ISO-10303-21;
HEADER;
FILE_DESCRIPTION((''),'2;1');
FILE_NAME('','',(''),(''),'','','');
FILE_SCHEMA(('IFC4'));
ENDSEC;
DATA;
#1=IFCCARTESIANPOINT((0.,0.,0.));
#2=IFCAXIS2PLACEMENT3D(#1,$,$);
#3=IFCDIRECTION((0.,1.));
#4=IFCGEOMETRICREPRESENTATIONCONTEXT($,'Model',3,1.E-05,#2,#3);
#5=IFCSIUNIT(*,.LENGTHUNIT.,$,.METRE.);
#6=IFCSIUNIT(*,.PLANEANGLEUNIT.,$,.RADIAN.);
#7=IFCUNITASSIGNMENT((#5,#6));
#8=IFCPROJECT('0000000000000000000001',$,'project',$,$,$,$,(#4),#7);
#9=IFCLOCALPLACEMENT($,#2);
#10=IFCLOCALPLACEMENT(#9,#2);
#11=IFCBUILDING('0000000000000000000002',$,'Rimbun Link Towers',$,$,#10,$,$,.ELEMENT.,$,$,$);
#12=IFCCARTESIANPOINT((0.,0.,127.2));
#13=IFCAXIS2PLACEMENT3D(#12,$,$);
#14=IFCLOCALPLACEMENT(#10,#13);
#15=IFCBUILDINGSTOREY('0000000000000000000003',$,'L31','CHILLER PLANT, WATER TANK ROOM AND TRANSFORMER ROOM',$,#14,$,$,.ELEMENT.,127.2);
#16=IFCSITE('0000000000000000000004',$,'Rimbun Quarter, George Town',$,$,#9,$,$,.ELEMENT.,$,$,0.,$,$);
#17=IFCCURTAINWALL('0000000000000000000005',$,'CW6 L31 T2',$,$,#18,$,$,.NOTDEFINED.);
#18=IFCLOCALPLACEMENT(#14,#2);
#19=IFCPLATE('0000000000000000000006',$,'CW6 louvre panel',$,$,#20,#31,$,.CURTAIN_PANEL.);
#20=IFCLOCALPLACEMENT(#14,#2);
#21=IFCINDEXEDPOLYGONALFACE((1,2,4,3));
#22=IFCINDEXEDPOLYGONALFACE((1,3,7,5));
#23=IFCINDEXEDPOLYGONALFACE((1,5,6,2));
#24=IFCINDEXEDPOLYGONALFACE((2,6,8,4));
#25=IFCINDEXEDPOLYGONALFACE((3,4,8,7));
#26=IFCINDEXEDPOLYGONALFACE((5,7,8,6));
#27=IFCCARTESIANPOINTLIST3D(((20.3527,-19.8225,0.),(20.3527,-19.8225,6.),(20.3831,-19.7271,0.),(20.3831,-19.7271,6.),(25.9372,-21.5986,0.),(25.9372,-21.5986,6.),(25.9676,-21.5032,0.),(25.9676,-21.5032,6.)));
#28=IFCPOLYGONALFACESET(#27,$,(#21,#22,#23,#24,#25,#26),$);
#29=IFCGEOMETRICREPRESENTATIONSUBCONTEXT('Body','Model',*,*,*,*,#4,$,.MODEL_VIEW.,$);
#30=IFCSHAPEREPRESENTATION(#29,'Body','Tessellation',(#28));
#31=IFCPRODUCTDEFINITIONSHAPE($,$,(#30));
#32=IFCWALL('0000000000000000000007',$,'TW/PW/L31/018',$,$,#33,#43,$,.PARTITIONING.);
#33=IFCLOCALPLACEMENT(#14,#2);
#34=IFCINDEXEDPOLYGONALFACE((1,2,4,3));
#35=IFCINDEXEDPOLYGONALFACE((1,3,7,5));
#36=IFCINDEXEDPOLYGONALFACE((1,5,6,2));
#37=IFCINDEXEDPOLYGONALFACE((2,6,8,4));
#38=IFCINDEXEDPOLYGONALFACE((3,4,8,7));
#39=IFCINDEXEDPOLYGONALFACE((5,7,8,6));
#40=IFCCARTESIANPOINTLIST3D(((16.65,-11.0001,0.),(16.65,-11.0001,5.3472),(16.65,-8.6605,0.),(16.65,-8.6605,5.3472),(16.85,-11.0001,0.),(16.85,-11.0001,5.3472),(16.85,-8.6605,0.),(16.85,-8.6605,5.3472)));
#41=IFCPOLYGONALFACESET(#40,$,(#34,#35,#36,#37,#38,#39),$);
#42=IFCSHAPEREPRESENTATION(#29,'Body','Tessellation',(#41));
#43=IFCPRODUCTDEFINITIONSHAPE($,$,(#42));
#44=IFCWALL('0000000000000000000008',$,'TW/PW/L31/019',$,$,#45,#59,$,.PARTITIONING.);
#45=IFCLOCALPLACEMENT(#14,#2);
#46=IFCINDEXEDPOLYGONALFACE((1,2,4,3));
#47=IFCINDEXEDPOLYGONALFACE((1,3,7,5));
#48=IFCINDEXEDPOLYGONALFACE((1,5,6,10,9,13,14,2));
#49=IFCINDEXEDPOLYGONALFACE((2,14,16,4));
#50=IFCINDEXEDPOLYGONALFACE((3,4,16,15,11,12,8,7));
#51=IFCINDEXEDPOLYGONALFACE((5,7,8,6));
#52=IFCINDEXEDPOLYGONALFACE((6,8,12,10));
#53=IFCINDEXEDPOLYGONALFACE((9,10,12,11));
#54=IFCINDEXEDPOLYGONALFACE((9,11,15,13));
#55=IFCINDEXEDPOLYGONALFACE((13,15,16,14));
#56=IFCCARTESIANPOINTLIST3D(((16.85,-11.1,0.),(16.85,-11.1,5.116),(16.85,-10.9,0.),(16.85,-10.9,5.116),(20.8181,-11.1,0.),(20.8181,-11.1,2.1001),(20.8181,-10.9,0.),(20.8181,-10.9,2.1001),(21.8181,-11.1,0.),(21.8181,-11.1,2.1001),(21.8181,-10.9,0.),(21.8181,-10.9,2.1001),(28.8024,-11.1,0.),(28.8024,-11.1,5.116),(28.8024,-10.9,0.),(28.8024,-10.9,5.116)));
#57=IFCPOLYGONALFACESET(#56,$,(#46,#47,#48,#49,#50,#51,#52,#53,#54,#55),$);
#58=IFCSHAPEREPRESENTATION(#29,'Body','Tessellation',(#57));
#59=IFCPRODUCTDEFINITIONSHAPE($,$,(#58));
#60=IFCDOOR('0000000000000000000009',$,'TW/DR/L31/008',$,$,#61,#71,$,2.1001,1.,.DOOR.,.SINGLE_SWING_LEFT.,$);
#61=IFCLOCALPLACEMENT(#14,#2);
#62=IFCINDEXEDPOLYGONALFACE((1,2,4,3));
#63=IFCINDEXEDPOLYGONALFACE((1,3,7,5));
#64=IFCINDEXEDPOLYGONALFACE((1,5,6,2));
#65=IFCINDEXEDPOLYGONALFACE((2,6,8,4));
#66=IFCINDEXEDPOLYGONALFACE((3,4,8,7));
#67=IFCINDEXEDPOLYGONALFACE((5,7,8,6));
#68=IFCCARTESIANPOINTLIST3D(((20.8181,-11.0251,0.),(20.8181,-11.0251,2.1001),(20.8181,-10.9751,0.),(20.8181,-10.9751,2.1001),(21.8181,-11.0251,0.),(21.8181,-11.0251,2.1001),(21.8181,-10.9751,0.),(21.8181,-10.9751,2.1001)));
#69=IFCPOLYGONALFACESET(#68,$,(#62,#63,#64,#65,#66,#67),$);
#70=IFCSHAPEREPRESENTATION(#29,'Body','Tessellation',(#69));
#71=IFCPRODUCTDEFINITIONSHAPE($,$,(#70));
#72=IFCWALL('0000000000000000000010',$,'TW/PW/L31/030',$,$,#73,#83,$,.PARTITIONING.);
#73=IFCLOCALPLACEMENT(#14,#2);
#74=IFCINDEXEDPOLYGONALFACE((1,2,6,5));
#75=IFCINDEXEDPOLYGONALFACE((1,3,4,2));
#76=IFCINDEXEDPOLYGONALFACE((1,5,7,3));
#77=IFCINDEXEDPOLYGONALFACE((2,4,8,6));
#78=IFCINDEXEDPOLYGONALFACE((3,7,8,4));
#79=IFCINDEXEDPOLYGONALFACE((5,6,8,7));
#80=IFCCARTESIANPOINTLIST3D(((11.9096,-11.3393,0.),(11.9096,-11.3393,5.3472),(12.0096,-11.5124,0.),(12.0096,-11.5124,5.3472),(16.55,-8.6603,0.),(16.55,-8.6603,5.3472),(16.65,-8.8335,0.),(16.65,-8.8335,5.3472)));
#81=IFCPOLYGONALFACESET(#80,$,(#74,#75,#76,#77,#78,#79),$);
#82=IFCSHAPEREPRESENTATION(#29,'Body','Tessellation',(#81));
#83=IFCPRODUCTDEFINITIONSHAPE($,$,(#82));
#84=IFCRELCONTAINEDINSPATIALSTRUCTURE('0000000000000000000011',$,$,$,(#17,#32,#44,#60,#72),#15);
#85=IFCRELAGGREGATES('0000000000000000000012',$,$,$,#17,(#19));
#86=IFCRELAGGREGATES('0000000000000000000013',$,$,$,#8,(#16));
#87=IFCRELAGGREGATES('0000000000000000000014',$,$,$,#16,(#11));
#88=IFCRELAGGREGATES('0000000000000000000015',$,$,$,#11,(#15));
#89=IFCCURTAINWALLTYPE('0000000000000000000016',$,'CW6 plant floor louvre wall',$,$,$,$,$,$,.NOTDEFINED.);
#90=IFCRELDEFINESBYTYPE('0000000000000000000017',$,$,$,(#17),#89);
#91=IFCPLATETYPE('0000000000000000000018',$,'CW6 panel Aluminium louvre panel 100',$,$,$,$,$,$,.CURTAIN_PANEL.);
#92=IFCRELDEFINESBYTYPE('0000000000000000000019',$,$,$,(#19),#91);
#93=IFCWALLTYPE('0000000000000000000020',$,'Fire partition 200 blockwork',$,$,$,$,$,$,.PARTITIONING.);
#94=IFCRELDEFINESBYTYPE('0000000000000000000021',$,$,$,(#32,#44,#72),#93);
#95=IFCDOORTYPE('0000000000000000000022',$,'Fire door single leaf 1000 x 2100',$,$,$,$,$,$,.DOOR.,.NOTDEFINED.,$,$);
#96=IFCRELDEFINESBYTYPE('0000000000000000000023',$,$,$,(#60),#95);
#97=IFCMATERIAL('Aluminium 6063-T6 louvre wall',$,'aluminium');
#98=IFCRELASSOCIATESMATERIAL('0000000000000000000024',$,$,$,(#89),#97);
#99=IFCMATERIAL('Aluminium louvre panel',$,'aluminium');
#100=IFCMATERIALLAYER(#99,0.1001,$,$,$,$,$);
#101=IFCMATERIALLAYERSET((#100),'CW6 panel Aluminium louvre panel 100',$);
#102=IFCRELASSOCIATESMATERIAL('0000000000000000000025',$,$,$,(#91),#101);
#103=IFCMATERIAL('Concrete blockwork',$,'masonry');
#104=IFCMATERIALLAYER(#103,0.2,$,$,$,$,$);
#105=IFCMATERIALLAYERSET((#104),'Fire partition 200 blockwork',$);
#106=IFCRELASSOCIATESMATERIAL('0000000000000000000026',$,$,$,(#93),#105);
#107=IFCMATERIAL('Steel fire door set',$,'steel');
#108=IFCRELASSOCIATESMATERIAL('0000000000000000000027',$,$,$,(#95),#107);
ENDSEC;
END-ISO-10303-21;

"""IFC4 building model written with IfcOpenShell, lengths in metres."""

from ifc_helpers import new_model, si_unit, direction, frame, frame_2d, origin, origin_2d, place, context, subcontext, project, spatial, rectangle, extrude, material, layer, layer_set, type_object, element, fill, aggregate, save


model = new_model("IFC4")

# Units and contexts
model_context = context("Model", 3, precision=1e-05, world=origin(), true_north=direction((0.0, 1.0)))
body_context = subcontext(model_context, "Body", "Model", "MODEL_VIEW")
ifc_project = project(units=[si_unit("LENGTHUNIT", "METRE"), si_unit("PLANEANGLEUNIT", "RADIAN")], contexts=[model_context])

# Site, building, storey
site_placement = place(None, origin())
site = spatial("IfcSite", under=ifc_project, at=site_placement, Name="Rimbun Quarter, George Town", CompositionType="ELEMENT", RefElevation=0.0)
building_placement = place(site_placement, origin())
building = spatial("IfcBuilding", under=site, at=building_placement, Name="Rimbun Link Towers", CompositionType="ELEMENT")
storey_placement = place(building_placement, frame((0.0, 0.0, 127.2)))
storey = spatial("IfcBuildingStorey", under=building, at=storey_placement, Name="L31", Description="CHILLER PLANT, WATER TANK ROOM AND TRANSFORMER ROOM", CompositionType="ELEMENT", Elevation=127.2)

# Curtain wall
ifc_material_1 = material(Name="Aluminium 6063-T6 louvre wall", Category="aluminium")
curtain_wall_type = type_object("IfcCurtainWallType", Name="CW6 plant floor louvre wall", PredefinedType="NOTDEFINED", material=ifc_material_1)
curtain_wall_placement = place(storey_placement, origin())
curtain_wall = element("IfcCurtainWall", 1, at=curtain_wall_placement, inside=storey, type_object=curtain_wall_type, Name="CW6 L31 T2", PredefinedType="NOTDEFINED")

# Plate
ifc_material_2 = material(Name="Aluminium louvre panel", Category="aluminium")
ifc_layer_1 = layer(ifc_material_2, 0.1001)
ifc_layer_set_1 = layer_set([ifc_layer_1], Name="CW6 panel Aluminium louvre panel 100")
plate_type = type_object("IfcPlateType", Name="CW6 panel Aluminium louvre panel 100", PredefinedType="CURTAIN_PANEL", material=ifc_layer_set_1)
plate_1_placement = place(storey_placement, frame((23.1602, -20.6628, 0.0), z_axis=(0.0, 0.0, 1.0), x_axis=(-0.952965, 0.303079, 0.0)))
plate_1 = element("IfcPlate", 2, at=plate_1_placement, type_object=plate_type, Name="CW6 louvre panel", PredefinedType="CURTAIN_PANEL", context=body_context, shape_type="SweptSolid", body=[
    extrude(rectangle(XDim=5.8601, YDim=0.1001, at=origin_2d()), origin(), (0.0, 0.0, 1.0), 6.0),
])
aggregate(curtain_wall, [plate_1])

# Wall
ifc_material_3 = material(Name="Concrete blockwork", Category="masonry")
ifc_layer_2 = layer(ifc_material_3, 0.2)
ifc_layer_set_2 = layer_set([ifc_layer_2], Name="Fire partition 200 blockwork")
wall_type = type_object("IfcWallType", Name="Fire partition 200 blockwork", PredefinedType="PARTITIONING", material=ifc_layer_set_2)
wall_1_placement = place(storey_placement, frame((16.75, -8.6604, 0.0), z_axis=(0.0, 0.0, 1.0), x_axis=(0.0, -1.0, 0.0)))
element("IfcWall", 3, at=wall_1_placement, inside=storey, type_object=wall_type, Name="TW/PW/L31/018", PredefinedType="PARTITIONING", context=body_context, shape_type="SweptSolid", body=[
    extrude(rectangle(XDim=2.3396, YDim=0.2, at=frame_2d((1.1699, 0.0))), origin(), (0.0, 0.0, 1.0), 5.3472),
])

# Wall, opening, door
wall_2_placement = place(storey_placement, frame((16.8501, -11.0, 0.0), z_axis=(0.0, 0.0, 1.0), x_axis=(1.0, 0.0, 0.0)))
wall_2 = element("IfcWall", 4, at=wall_2_placement, inside=storey, type_object=wall_type, Name="TW/PW/L31/019", PredefinedType="PARTITIONING", context=body_context, shape_type="SweptSolid", body=[
    extrude(rectangle(XDim=11.9524, YDim=0.2, at=frame_2d((5.9761, 0.0))), origin(), (0.0, 0.0, 1.0), 5.116),
])
opening_placement = place(wall_2_placement, frame((3.968, 0.0, 0.0)))
opening = element("IfcOpeningElement", 5, at=opening_placement, cuts=wall_2, PredefinedType="OPENING", context=body_context, shape_type="SweptSolid", body=[
    extrude(rectangle(XDim=1.0, YDim=2.1001, at=frame_2d((0.5, 1.05))), frame((0.0, 0.1099, 0.0), z_axis=(0.0, -1.0, 0.0), x_axis=(1.0, 0.0, 0.0)), (0.0, 0.0, 1.0), 0.22),
])
ifc_material_4 = material(Name="Steel fire door set", Category="steel")
door_type = type_object("IfcDoorType", Name="Fire door single leaf 1000 x 2100", OperationType="NOTDEFINED", PredefinedType="DOOR", material=ifc_material_4)
door_placement = place(opening_placement, origin())
door = element("IfcDoor", 6, at=door_placement, inside=storey, type_object=door_type, Name="TW/DR/L31/008", OperationType="SINGLE_SWING_LEFT", OverallHeight=2.1001, OverallWidth=1.0, PredefinedType="DOOR", context=body_context, shape_type="SweptSolid", body=[
    extrude(rectangle(XDim=1.0, YDim=2.1001, at=frame_2d((0.5, 1.05))), frame((0.0, 0.0249, 0.0), z_axis=(0.0, -1.0, 0.0), x_axis=(1.0, 0.0, 0.0)), (0.0, 0.0, 1.0), 0.05),
])
fill(opening, door)

# Wall
wall_3_placement = place(storey_placement, frame((16.6001, -8.7468, 0.0), z_axis=(0.0, 0.0, 1.0), x_axis=(-0.866039, -0.499976, 0.0)))
element("IfcWall", 7, at=wall_3_placement, inside=storey, type_object=wall_type, Name="TW/PW/L31/030", PredefinedType="PARTITIONING", context=body_context, shape_type="SweptSolid", body=[
    extrude(rectangle(XDim=5.3582, YDim=0.2, at=frame_2d((2.6792, 0.0))), origin(), (0.0, 0.0, 1.0), 5.3472),
])

save(model, "model.ifc")
